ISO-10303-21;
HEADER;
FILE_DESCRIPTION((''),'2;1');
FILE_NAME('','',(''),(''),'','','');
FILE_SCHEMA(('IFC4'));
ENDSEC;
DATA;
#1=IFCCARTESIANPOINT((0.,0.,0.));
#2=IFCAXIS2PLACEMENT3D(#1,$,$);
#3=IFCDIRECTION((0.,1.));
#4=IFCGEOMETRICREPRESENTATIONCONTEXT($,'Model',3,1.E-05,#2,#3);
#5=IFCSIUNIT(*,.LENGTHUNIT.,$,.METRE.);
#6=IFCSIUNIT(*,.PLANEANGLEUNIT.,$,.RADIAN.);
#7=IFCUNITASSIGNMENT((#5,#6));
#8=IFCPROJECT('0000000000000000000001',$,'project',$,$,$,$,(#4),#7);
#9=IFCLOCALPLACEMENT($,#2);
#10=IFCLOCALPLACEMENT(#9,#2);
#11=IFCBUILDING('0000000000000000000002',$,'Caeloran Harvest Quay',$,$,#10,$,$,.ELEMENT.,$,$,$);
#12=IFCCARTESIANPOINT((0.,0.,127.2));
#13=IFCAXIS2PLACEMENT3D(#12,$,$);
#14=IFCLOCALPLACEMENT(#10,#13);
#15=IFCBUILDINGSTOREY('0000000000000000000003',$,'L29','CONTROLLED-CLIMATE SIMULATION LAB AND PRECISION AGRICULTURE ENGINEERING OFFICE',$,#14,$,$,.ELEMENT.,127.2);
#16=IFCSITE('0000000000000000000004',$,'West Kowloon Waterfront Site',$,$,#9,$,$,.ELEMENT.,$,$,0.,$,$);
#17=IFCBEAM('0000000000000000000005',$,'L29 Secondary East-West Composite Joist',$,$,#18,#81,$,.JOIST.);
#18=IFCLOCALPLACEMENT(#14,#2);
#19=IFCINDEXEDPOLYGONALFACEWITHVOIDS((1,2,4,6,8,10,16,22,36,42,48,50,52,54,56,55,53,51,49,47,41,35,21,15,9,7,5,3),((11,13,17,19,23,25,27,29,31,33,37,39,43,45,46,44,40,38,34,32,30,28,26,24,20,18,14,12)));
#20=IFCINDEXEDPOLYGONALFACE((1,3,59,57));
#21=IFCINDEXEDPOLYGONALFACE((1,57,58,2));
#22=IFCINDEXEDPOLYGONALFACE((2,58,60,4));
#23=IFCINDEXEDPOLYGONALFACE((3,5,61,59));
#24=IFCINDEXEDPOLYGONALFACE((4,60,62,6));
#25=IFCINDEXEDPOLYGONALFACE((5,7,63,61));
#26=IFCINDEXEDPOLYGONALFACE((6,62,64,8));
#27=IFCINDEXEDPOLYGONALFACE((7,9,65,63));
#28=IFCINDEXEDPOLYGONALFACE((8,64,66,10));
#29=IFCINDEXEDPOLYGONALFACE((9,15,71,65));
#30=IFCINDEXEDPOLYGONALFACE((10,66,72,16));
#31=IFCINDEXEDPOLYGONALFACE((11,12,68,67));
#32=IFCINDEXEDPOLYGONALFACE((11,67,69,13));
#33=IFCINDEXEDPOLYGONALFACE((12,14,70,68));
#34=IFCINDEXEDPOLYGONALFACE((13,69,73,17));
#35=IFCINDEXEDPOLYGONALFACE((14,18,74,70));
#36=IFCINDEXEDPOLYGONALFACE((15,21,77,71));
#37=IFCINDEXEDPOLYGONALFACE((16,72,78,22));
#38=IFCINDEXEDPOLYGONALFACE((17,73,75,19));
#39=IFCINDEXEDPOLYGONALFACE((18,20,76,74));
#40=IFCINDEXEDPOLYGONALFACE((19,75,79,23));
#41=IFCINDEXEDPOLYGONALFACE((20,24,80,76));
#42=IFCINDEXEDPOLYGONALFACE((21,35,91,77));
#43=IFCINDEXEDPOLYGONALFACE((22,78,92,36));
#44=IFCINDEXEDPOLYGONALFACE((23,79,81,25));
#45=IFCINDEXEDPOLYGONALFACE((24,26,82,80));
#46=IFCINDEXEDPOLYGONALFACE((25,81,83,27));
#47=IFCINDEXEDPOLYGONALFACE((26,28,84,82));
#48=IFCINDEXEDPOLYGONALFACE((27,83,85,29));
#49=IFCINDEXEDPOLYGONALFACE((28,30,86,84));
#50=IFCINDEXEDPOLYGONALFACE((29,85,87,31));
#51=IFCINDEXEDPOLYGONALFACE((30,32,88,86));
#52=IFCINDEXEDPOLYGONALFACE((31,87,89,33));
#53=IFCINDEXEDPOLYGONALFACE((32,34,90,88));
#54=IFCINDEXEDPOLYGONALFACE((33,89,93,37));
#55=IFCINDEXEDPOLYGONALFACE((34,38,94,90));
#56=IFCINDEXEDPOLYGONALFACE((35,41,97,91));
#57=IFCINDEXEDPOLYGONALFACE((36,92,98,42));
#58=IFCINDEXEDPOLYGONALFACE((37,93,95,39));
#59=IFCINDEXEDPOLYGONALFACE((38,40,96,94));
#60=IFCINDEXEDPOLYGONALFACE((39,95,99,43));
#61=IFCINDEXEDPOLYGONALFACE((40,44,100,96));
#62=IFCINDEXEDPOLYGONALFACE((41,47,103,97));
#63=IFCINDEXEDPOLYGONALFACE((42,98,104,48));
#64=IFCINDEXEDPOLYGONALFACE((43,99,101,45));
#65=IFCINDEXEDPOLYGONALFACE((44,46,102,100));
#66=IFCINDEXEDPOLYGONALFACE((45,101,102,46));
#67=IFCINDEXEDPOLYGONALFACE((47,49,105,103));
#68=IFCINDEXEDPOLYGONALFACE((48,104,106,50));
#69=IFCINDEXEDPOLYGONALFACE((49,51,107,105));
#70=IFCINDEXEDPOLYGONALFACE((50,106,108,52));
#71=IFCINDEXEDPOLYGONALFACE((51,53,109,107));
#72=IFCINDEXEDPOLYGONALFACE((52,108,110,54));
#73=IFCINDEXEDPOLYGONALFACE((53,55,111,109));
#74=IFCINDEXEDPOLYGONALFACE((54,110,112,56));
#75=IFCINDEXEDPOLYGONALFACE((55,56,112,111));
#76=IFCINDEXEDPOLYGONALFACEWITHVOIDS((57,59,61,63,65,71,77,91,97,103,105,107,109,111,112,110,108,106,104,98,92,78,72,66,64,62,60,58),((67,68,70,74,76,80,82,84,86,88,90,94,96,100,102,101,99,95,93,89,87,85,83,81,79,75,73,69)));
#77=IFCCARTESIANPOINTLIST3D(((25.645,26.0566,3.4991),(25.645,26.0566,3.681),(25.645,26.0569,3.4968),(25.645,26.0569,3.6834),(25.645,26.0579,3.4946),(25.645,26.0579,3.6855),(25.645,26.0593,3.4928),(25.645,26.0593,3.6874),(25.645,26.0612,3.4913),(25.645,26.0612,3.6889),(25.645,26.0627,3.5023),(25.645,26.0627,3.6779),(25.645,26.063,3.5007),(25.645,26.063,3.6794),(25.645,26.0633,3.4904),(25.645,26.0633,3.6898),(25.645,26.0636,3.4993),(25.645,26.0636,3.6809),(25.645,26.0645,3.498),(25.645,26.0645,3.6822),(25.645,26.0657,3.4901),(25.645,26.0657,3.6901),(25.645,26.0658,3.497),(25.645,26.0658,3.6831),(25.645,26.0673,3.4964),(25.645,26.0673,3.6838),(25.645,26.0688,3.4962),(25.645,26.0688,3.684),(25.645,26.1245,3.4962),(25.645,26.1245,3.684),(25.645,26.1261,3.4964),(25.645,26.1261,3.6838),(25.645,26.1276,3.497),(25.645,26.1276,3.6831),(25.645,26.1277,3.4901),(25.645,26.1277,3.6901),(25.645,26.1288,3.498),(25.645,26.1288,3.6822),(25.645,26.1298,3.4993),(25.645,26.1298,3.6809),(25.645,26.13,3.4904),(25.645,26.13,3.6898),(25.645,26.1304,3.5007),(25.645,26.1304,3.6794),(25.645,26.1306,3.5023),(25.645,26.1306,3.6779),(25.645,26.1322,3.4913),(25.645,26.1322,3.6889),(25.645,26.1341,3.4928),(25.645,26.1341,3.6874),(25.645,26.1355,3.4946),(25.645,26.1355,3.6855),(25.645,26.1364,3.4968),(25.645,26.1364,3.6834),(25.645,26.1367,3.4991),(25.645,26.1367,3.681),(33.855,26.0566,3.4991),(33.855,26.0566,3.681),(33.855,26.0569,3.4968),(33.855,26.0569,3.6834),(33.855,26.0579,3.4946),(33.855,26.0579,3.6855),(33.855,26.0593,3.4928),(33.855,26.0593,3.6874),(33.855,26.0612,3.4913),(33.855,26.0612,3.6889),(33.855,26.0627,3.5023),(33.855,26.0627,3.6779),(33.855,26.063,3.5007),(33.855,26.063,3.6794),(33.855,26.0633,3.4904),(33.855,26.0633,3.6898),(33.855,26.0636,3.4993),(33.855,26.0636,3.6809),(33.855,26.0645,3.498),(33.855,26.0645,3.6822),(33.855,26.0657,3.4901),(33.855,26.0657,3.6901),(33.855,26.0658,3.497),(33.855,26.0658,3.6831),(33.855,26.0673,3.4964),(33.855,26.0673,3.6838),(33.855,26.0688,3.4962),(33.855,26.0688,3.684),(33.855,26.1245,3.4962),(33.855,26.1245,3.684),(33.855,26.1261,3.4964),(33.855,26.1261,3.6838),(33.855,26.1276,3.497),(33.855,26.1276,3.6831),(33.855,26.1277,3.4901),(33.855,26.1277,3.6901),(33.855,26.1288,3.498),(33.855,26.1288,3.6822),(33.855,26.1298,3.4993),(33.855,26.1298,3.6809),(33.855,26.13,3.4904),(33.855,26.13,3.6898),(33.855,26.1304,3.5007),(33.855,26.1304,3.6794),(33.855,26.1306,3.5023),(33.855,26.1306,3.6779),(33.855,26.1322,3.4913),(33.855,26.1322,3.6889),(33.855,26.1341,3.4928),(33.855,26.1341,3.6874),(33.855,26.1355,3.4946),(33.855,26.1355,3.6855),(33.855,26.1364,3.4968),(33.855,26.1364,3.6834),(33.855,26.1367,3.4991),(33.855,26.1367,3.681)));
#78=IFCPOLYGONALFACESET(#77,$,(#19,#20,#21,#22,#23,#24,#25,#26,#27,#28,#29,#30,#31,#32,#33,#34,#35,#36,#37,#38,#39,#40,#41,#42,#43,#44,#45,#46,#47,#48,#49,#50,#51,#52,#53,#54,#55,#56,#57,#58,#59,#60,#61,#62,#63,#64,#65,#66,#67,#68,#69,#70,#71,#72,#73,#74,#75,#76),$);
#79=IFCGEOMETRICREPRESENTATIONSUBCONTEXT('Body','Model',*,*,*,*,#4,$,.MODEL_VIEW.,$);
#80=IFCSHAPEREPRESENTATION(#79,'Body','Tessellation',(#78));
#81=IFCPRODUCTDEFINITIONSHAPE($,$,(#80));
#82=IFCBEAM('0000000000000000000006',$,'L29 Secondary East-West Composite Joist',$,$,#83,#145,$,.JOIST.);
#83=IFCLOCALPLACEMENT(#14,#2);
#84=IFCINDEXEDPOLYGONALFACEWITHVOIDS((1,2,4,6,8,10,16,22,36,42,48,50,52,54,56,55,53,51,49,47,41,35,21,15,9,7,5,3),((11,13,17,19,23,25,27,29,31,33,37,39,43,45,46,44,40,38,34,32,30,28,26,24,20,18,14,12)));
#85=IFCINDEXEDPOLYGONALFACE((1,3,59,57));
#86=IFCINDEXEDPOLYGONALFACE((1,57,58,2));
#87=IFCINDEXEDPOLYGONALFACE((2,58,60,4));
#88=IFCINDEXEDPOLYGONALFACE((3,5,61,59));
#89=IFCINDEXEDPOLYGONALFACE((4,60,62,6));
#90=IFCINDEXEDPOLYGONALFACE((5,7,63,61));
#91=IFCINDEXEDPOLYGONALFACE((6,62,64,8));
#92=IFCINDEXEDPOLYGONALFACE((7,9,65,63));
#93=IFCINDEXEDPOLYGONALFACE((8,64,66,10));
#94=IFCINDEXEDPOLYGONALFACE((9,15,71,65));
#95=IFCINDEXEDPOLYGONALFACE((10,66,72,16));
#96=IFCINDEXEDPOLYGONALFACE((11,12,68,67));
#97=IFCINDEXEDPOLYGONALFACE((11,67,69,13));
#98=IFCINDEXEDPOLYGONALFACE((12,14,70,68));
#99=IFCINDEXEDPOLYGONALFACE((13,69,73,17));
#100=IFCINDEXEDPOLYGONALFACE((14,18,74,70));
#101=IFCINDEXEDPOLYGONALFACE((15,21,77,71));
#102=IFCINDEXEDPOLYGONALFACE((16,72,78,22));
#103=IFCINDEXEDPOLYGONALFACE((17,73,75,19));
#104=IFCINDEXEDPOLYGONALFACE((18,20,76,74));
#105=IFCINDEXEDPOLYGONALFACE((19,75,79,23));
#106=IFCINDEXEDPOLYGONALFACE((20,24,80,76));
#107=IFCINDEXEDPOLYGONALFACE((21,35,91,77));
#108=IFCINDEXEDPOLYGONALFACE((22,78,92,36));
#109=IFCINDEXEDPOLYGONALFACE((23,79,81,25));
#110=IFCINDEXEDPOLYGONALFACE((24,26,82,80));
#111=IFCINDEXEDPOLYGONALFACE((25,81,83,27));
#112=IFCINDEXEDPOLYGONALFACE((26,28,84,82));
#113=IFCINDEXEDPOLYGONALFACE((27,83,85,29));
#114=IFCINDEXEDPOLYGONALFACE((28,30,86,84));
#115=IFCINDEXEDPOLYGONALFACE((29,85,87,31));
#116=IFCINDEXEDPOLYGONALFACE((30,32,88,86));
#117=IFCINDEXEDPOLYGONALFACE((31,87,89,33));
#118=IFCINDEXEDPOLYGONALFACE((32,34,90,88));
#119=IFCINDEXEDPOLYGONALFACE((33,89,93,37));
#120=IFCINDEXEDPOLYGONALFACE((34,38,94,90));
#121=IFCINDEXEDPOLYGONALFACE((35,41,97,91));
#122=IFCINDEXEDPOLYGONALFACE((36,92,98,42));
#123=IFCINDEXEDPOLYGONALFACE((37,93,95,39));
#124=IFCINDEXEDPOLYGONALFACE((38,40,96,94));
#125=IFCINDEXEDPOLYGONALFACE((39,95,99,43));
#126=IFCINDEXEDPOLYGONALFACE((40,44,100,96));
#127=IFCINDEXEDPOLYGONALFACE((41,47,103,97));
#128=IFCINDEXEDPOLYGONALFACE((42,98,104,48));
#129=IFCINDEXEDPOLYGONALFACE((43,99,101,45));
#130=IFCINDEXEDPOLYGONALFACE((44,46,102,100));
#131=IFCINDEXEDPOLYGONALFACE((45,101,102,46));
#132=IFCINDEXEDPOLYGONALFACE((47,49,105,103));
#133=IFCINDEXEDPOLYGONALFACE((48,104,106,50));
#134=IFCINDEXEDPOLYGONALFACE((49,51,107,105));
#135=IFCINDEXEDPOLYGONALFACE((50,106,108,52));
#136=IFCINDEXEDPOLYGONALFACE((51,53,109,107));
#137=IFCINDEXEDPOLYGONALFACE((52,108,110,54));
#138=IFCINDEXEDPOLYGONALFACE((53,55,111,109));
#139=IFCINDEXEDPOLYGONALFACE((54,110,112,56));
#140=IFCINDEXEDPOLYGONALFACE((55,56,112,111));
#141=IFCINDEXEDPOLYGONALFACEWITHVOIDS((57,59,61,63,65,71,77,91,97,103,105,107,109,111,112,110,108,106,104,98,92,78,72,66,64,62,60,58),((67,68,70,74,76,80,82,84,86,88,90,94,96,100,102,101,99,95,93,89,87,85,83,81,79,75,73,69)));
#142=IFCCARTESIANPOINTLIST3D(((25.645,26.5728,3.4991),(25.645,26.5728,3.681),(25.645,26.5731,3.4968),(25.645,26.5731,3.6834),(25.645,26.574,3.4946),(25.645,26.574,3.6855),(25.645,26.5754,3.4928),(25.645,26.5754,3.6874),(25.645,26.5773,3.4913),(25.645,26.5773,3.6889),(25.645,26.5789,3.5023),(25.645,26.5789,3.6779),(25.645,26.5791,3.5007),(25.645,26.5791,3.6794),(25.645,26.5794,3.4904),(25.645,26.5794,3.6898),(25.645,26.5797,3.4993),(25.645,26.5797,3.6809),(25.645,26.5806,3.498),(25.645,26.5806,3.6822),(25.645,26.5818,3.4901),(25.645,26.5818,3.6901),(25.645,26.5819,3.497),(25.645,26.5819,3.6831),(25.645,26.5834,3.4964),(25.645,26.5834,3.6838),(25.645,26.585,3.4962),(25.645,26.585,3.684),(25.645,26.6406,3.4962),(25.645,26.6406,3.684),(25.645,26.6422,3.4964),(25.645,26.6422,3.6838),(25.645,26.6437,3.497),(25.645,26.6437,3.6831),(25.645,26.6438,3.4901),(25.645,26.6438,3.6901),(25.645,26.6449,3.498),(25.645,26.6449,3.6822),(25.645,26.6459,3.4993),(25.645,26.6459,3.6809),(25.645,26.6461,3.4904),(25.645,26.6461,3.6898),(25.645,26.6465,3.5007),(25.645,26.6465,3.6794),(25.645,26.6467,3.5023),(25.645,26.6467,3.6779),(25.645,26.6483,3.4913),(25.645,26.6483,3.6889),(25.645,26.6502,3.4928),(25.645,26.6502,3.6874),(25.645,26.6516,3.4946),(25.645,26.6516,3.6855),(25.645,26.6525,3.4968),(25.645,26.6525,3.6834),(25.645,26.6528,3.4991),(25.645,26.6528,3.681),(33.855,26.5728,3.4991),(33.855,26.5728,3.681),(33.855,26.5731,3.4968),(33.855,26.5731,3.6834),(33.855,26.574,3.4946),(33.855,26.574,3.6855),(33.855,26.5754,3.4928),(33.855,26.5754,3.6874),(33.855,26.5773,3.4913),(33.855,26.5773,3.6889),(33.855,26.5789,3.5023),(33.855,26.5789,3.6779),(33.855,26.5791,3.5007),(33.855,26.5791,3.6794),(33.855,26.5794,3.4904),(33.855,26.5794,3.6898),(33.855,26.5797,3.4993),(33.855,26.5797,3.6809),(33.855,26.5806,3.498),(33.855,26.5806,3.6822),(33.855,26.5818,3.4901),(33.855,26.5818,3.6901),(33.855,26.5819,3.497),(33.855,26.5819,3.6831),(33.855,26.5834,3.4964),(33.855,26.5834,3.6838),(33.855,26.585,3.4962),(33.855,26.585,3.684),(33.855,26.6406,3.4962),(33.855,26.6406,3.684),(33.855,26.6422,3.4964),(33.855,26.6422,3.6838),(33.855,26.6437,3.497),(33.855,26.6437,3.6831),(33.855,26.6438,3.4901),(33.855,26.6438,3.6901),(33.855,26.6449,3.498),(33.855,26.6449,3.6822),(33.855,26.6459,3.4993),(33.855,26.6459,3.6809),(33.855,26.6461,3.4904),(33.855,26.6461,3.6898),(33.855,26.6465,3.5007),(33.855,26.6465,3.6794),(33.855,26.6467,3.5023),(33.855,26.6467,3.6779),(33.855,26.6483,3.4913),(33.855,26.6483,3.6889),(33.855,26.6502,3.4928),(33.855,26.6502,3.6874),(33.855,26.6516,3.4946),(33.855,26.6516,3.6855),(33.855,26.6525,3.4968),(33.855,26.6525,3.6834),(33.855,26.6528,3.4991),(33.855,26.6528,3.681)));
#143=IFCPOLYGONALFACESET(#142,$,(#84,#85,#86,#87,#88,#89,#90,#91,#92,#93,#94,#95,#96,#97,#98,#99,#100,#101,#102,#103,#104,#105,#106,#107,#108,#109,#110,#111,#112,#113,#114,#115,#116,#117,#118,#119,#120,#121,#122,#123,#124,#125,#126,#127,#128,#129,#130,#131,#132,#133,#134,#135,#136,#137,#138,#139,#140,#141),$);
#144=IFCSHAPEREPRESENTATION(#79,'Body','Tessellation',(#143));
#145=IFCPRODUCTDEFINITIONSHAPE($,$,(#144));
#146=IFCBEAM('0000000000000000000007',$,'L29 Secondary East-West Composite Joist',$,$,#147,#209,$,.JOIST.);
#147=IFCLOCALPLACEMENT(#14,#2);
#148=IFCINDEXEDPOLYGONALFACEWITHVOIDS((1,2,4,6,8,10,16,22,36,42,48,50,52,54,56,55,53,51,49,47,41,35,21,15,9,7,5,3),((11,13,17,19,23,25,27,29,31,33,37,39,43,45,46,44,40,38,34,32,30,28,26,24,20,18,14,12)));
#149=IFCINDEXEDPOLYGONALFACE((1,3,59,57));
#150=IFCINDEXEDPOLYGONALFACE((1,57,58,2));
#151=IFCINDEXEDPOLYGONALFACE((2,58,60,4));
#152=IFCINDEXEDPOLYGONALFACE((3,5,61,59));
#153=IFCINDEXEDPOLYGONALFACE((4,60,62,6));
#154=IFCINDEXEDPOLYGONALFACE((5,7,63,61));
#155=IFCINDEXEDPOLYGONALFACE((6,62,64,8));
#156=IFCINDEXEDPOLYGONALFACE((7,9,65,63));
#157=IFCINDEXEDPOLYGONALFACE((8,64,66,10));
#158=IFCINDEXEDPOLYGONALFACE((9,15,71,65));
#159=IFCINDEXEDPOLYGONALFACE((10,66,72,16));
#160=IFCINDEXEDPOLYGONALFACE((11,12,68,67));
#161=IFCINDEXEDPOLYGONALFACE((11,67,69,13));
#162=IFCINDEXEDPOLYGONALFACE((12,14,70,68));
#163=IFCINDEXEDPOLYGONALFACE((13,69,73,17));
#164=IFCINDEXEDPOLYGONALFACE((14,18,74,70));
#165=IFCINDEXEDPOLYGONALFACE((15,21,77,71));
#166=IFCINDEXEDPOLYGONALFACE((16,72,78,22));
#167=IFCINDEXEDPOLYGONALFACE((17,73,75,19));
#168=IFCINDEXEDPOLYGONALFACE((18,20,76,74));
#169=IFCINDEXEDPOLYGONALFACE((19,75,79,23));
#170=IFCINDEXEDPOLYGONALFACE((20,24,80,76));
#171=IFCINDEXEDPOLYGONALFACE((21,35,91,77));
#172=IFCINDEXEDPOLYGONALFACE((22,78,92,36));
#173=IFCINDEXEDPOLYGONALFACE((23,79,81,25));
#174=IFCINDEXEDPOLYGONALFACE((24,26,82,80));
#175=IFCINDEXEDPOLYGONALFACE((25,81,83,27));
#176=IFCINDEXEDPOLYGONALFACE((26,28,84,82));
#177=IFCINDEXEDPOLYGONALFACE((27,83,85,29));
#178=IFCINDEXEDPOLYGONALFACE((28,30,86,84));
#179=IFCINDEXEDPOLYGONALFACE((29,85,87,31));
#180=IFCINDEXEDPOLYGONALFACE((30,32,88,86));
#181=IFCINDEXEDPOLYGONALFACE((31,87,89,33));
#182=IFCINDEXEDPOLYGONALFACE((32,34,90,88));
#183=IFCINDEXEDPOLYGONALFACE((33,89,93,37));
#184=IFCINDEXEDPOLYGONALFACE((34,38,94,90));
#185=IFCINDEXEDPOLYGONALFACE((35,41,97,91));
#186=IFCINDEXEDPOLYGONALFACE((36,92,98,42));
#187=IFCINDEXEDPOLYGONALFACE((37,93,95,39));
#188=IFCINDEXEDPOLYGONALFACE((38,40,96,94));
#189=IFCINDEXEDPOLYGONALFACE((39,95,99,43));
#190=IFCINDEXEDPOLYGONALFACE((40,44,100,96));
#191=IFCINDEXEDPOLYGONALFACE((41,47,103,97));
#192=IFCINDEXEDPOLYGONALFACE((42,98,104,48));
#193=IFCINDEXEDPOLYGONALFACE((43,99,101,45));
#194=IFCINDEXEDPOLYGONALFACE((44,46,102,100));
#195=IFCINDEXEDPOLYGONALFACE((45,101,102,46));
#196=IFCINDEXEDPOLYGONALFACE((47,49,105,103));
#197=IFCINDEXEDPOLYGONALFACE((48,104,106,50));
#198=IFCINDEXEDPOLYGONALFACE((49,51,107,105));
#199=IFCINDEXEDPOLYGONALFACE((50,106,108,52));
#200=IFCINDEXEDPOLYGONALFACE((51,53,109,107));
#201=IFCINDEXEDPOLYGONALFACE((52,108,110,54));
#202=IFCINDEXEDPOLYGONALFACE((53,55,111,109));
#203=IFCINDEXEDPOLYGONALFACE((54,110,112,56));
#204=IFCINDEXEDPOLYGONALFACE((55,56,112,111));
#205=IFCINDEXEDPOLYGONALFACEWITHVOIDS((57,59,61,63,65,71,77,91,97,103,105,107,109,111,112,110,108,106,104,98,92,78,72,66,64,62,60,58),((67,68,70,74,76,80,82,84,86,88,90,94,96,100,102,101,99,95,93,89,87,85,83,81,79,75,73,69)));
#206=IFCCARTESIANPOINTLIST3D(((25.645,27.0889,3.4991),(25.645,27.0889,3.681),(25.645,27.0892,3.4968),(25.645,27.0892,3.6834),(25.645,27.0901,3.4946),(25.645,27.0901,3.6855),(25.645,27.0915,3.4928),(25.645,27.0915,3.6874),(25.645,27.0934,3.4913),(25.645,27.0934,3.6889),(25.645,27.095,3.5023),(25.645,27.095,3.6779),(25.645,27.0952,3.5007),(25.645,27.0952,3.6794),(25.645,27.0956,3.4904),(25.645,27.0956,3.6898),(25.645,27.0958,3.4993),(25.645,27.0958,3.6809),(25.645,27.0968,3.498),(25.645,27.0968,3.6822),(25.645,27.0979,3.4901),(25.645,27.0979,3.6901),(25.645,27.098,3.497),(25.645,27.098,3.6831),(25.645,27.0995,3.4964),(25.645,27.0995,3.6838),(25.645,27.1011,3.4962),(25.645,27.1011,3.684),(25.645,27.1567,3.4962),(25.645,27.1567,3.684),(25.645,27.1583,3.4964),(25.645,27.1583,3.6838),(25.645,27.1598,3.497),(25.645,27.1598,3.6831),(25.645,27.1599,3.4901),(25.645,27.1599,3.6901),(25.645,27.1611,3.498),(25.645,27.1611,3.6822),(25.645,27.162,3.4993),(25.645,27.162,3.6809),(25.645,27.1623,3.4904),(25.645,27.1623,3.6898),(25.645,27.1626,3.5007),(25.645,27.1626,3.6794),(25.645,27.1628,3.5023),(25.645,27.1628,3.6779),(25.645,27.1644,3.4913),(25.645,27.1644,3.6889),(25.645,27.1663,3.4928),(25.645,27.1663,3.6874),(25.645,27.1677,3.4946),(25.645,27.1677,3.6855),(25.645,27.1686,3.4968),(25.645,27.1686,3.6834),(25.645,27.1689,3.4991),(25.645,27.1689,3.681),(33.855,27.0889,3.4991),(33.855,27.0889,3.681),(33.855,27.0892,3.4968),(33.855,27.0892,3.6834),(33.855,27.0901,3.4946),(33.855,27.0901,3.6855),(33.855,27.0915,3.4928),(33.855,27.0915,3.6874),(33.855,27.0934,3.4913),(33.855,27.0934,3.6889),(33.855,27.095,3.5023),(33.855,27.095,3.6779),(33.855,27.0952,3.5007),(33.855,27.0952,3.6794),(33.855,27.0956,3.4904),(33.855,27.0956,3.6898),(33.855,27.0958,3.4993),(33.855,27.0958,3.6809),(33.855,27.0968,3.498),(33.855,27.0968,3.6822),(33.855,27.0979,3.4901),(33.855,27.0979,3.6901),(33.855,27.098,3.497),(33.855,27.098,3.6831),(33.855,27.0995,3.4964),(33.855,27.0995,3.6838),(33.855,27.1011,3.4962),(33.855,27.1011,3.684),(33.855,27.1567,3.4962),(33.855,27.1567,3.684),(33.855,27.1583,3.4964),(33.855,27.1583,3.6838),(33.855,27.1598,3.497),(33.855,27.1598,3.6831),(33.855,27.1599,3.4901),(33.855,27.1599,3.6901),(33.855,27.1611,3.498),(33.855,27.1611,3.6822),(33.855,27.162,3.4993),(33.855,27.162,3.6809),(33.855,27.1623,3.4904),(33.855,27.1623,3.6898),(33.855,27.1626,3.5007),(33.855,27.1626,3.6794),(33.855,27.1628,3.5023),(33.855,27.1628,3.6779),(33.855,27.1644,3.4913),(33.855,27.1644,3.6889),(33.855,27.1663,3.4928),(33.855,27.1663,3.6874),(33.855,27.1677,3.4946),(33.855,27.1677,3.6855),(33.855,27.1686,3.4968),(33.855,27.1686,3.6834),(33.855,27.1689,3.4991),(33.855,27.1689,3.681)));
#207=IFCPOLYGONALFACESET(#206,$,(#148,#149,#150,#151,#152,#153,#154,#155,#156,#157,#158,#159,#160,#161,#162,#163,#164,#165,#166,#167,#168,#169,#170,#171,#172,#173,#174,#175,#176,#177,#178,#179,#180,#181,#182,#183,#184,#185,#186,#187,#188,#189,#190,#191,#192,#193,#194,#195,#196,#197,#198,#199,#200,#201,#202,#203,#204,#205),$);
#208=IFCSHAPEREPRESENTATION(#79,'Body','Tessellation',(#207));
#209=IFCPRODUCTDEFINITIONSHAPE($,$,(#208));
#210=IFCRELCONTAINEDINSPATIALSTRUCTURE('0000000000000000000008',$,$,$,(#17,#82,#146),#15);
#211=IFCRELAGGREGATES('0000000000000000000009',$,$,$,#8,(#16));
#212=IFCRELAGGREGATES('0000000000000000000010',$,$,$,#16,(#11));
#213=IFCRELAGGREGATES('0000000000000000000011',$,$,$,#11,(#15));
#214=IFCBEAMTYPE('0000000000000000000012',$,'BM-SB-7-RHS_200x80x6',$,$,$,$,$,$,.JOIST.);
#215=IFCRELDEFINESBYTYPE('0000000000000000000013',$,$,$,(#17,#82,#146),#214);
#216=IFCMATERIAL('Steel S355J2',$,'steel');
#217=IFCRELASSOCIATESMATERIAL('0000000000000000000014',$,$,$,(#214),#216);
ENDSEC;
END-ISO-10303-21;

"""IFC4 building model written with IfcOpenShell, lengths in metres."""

from ifc_helpers import new_model, si_unit, direction, frame, origin, origin_2d, place, context, subcontext, project, spatial, hollow_rectangle, extrude, material, material_profile, profile_set, type_object, element, save


model = new_model("IFC4")

# Units and contexts
model_context = context("Model", 3, precision=1e-05, world=origin(), true_north=direction((0.0, 1.0)))
body_context = subcontext(model_context, "Body", "Model", "MODEL_VIEW")
ifc_project = project(units=[si_unit("LENGTHUNIT", "METRE"), si_unit("PLANEANGLEUNIT", "RADIAN")], contexts=[model_context])

# Site, building, storey
site_placement = place(None, origin())
site = spatial("IfcSite", under=ifc_project, at=site_placement, Name="West Kowloon Waterfront Site", CompositionType="ELEMENT", RefElevation=0.0)
building_placement = place(site_placement, origin())
building = spatial("IfcBuilding", under=site, at=building_placement, Name="Caeloran Harvest Quay", CompositionType="ELEMENT")
storey_placement = place(building_placement, frame((0.0, 0.0, 127.2)))
storey = spatial("IfcBuildingStorey", under=building, at=storey_placement, Name="L29", Description="CONTROLLED-CLIMATE SIMULATION LAB AND PRECISION AGRICULTURE ENGINEERING OFFICE", CompositionType="ELEMENT", Elevation=127.2)

# Beams
ifc_material = material(Name="Steel S355J2", Category="steel")
ifc_material_profile_1 = material_profile(ifc_material, hollow_rectangle(XDim=0.0801, YDim=0.2, WallThickness=0.0061, InnerFilletRadius=0.0061, OuterFilletRadius=0.009, at=origin_2d()), Name="RHS 200x80x6")
ifc_profile_set_1 = profile_set([ifc_material_profile_1], Name="Steel S355J2")
beam_type_1 = type_object("IfcBeamType", Name="BM-SB-7-RHS_200x80x6", PredefinedType="JOIST", material=ifc_profile_set_1)
for number, where, z_axis, x_axis, name in (
    (1, (25.645, 26.0967, 3.5901), (1.0, 0.0, 0.0), (0.0, 1.0, 0.0), "L29 Secondary East-West Composite Joist"),
    (2, (25.645, 26.6128, 3.5901), (1.0, 0.0, 0.0), (0.0, 1.0, 0.0), "L29 Secondary East-West Composite Joist"),
    (3, (25.645, 27.1289, 3.5901), (1.0, 0.0, 0.0), (0.0, 1.0, 0.0), "L29 Secondary East-West Composite Joist"),
):
    element("IfcBeam", number, at=place(storey_placement, frame(where, z_axis=z_axis, x_axis=x_axis)), inside=storey, type_object=beam_type_1, Name=name, PredefinedType="JOIST", context=body_context, shape_type="SweptSolid", body=[
        extrude(hollow_rectangle(XDim=0.0801, YDim=0.2, WallThickness=0.0061, InnerFilletRadius=0.0061, OuterFilletRadius=0.009, at=origin_2d()), origin(), (0.0, 0.0, 1.0), 8.21),
    ])

save(model, "model.ifc")
